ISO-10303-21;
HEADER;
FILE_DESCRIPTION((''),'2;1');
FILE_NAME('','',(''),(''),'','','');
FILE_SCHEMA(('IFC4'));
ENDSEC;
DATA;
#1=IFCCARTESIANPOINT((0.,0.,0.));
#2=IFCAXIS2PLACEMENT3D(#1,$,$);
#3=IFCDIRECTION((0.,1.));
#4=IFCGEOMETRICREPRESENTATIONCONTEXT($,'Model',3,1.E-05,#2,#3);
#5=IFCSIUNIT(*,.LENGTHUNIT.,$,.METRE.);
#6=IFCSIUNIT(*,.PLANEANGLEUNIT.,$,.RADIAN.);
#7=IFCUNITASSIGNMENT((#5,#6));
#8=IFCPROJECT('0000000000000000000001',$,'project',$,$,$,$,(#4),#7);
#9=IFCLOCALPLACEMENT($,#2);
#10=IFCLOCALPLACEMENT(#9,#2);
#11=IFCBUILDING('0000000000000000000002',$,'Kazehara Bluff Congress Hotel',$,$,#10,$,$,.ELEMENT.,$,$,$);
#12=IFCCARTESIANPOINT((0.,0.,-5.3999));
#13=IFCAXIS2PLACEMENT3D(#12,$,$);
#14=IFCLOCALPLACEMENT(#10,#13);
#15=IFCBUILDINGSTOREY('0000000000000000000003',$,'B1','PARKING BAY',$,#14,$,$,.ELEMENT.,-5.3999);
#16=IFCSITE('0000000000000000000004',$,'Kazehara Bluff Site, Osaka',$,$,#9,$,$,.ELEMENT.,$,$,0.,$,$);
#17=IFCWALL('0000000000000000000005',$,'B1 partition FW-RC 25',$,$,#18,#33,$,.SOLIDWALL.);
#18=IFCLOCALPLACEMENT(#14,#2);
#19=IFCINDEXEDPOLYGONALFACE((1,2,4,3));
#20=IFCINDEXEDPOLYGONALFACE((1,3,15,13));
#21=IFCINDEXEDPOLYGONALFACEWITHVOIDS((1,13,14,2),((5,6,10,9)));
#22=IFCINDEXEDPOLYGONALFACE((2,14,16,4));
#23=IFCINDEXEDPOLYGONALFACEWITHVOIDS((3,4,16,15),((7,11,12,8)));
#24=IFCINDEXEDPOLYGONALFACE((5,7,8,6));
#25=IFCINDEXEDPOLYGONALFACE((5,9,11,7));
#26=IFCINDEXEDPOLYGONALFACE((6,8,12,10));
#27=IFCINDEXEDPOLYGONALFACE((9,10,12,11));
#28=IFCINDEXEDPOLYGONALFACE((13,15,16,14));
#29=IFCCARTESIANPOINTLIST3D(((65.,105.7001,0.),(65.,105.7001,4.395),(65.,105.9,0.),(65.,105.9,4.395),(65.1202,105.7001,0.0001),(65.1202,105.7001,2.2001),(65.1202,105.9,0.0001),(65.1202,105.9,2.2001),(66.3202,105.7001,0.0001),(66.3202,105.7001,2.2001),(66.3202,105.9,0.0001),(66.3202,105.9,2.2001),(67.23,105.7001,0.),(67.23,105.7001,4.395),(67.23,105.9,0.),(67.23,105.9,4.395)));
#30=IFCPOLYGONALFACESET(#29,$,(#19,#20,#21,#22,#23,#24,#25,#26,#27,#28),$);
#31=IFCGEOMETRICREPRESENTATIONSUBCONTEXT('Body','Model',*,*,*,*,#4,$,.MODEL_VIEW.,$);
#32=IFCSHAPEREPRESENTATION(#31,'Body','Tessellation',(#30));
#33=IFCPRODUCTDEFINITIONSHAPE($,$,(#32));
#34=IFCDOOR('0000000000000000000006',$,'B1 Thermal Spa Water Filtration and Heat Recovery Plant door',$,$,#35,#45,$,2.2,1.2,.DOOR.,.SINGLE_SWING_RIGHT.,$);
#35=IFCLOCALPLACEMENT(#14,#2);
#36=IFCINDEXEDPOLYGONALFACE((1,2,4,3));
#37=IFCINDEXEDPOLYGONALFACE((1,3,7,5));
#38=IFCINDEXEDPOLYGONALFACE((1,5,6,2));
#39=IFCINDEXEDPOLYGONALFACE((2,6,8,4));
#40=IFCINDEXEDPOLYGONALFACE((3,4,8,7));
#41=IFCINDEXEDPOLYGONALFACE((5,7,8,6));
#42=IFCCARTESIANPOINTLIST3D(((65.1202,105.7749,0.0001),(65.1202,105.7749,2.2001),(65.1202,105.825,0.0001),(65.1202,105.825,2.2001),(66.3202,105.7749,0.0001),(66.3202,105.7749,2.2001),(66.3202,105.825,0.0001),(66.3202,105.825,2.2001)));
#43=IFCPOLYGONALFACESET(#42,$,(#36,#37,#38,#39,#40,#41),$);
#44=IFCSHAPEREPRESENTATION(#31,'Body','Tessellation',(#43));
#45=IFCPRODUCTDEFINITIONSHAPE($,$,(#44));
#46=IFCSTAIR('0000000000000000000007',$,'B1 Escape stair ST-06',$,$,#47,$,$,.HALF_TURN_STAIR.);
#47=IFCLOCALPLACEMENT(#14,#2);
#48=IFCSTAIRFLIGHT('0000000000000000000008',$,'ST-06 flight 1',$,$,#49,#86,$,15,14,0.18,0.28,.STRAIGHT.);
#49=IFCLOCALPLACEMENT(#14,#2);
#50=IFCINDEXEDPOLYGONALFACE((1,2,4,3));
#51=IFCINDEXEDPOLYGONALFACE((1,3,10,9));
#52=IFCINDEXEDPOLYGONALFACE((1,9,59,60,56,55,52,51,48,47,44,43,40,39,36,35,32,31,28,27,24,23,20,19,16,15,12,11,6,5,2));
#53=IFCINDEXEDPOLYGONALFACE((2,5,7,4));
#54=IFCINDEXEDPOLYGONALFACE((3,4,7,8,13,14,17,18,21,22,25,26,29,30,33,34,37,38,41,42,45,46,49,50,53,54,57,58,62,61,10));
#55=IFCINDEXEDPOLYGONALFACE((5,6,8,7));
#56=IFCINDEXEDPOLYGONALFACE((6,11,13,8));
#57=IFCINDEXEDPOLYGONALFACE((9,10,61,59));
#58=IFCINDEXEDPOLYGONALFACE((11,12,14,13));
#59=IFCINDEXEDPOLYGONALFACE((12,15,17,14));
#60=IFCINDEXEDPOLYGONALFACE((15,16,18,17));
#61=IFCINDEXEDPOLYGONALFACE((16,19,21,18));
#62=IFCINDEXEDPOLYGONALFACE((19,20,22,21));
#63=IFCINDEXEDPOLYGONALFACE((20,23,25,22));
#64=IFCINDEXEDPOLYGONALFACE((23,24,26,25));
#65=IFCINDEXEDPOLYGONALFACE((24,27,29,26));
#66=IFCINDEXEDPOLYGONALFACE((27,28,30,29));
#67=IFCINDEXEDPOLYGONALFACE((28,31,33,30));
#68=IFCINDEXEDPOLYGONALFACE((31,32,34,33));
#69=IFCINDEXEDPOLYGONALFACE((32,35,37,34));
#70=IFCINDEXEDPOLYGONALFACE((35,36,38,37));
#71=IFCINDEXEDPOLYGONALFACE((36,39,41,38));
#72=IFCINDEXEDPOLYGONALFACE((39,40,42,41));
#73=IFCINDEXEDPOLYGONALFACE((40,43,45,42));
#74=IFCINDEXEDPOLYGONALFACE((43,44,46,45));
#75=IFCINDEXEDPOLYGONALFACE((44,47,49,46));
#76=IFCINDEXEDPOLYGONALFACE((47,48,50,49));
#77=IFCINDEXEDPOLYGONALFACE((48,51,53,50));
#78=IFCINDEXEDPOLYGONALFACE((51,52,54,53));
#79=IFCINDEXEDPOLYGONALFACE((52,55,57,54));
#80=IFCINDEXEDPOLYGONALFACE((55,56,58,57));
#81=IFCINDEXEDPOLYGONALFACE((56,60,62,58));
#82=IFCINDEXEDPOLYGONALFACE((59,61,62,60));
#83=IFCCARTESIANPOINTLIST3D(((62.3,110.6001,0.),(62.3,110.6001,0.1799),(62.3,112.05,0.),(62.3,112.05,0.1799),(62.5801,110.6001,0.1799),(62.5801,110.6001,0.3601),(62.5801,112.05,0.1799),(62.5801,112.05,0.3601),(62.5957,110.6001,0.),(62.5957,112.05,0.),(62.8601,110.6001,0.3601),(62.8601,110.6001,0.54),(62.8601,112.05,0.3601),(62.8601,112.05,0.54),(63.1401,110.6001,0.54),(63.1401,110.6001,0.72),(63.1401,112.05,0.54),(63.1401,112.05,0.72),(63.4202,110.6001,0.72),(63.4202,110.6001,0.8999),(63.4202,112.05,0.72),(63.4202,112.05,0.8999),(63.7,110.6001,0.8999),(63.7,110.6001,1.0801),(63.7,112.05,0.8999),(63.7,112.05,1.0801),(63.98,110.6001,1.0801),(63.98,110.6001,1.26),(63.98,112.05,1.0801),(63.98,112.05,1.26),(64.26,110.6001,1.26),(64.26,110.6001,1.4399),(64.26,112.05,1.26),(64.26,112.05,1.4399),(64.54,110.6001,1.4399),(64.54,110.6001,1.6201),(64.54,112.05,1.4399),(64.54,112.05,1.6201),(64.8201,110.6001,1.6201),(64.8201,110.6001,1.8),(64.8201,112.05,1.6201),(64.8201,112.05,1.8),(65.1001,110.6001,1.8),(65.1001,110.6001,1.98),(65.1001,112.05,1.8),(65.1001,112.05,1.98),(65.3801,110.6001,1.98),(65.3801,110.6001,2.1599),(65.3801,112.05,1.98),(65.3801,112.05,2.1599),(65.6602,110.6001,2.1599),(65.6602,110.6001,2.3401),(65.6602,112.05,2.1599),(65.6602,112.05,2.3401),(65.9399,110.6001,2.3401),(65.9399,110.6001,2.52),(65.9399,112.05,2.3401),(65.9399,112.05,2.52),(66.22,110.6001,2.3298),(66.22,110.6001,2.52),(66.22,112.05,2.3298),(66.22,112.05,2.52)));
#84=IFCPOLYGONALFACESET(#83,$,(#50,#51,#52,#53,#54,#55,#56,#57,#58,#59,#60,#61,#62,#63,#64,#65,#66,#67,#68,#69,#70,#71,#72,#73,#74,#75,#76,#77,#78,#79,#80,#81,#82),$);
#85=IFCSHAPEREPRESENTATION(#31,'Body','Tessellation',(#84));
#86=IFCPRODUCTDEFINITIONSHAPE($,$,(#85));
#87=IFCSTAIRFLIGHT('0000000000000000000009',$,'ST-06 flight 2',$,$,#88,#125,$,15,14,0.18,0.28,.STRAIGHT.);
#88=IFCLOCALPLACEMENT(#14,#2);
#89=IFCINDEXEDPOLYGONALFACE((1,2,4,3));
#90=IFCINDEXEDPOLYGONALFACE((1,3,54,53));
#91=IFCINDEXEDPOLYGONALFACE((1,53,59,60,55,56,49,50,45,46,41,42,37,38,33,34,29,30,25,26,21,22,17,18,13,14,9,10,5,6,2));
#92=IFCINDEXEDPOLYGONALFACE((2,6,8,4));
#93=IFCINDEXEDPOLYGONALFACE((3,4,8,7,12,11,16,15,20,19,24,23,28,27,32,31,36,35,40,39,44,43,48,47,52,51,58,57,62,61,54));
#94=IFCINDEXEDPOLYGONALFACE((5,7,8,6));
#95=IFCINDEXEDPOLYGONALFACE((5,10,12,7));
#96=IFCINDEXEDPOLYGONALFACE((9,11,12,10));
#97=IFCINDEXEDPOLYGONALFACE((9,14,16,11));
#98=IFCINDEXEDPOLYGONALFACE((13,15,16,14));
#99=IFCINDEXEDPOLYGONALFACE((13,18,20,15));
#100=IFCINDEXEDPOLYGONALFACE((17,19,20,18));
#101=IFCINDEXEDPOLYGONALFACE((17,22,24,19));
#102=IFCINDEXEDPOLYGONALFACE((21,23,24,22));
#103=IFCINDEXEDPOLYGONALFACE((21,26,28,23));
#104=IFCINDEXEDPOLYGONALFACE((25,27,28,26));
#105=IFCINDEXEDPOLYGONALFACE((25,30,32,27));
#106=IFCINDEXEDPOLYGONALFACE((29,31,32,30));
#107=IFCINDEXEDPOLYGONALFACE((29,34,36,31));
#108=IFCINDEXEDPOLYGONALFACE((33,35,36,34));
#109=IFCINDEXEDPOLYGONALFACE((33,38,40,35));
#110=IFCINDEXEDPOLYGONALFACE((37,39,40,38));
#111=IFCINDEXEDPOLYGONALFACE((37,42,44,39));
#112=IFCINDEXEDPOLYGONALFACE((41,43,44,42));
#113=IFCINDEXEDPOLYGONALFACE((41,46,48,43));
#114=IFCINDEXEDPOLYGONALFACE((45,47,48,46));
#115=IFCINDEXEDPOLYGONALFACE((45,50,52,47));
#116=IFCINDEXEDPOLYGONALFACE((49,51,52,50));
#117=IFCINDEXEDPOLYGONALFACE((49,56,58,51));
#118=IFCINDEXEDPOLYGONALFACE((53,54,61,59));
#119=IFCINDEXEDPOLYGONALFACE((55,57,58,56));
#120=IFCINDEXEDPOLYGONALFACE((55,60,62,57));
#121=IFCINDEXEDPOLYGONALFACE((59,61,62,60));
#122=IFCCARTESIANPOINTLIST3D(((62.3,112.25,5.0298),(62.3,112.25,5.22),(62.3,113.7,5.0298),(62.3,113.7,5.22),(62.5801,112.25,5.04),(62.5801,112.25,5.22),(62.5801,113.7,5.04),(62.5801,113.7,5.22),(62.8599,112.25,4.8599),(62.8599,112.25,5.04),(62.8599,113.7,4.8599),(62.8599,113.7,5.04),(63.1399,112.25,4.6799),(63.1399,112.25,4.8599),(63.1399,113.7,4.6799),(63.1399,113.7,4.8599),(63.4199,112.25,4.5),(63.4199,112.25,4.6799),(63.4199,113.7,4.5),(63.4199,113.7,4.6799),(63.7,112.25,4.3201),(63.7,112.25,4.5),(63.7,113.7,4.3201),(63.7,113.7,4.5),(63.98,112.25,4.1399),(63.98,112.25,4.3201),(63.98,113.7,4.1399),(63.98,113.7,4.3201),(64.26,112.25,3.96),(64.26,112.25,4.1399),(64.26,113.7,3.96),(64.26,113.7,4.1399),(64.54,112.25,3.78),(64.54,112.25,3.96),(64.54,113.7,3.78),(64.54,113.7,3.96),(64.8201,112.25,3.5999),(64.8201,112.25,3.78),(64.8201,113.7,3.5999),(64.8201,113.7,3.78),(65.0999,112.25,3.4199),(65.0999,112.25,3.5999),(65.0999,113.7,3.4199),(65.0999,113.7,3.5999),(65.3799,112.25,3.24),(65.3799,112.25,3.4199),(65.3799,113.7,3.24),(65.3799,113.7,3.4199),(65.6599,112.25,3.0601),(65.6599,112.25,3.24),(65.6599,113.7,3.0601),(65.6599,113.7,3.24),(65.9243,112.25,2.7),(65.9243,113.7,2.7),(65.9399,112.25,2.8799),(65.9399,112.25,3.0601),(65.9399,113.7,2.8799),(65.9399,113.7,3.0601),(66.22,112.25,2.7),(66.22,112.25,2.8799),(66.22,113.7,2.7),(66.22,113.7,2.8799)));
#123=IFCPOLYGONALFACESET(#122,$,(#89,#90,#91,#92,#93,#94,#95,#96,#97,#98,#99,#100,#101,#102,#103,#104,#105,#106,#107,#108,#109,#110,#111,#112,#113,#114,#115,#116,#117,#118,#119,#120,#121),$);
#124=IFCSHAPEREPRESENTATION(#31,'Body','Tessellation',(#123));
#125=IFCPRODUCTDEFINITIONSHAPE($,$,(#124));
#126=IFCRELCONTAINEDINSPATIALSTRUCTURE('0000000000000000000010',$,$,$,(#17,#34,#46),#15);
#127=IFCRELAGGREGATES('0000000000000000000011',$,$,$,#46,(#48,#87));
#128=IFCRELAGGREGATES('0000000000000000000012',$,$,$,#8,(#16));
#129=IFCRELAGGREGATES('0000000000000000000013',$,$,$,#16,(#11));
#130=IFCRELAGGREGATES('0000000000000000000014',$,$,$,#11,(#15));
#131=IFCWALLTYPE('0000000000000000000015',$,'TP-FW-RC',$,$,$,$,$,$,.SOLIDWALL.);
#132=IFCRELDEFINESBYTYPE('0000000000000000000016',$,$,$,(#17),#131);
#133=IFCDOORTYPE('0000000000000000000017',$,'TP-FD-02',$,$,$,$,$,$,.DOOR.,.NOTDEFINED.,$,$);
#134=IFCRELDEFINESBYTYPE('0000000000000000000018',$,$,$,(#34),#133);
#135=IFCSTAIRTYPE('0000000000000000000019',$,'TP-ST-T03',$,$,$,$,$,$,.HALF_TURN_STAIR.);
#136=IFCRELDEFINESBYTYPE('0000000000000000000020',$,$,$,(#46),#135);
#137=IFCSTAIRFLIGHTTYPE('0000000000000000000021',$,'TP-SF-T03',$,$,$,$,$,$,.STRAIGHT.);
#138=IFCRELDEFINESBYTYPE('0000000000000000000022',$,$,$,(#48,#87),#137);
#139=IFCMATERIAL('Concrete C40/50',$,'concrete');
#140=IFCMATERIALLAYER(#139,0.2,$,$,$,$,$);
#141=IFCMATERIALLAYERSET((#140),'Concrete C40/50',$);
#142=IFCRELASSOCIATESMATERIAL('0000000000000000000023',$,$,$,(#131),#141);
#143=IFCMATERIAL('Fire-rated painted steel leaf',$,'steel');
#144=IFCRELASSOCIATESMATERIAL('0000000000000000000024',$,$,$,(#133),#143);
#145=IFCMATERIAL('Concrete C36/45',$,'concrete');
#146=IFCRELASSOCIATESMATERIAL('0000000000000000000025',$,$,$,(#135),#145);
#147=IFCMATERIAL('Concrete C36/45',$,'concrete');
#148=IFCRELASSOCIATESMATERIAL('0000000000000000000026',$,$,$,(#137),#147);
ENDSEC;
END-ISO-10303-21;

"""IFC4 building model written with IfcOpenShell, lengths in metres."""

from ifc_helpers import new_model, si_unit, direction, frame, frame_2d, origin, place, context, subcontext, project, spatial, polyline, rectangle, outline, extrude, material, layer, layer_set, type_object, element, fill, aggregate, save


model = new_model("IFC4")

# Units and contexts
model_context = context("Model", 3, precision=1e-05, world=origin(), true_north=direction((0.0, 1.0)))
body_context = subcontext(model_context, "Body", "Model", "MODEL_VIEW")
ifc_project = project(units=[si_unit("LENGTHUNIT", "METRE"), si_unit("PLANEANGLEUNIT", "RADIAN")], contexts=[model_context])

# Site, building, storey
site_placement = place(None, origin())
site = spatial("IfcSite", under=ifc_project, at=site_placement, Name="Kazehara Bluff Site, Osaka", CompositionType="ELEMENT", RefElevation=0.0)
building_placement = place(site_placement, origin())
building = spatial("IfcBuilding", under=site, at=building_placement, Name="Kazehara Bluff Congress Hotel", CompositionType="ELEMENT")
storey_placement = place(building_placement, frame((0.0, 0.0, -5.3999)))
storey = spatial("IfcBuildingStorey", under=building, at=storey_placement, Name="B1", Description="PARKING BAY", CompositionType="ELEMENT", Elevation=-5.3999)

# Wall, opening, door
ifc_material_1 = material(Name="Concrete C40/50", Category="concrete")
ifc_layer_1 = layer(ifc_material_1, 0.2)
ifc_layer_set_1 = layer_set([ifc_layer_1], Name="Concrete C40/50")
wall_type_1 = type_object("IfcWallType", Name="TP-FW-RC", PredefinedType="SOLIDWALL", material=ifc_layer_set_1)
wall_1_placement = place(storey_placement, frame((65.0, 105.8, 0.0), z_axis=(0.0, 0.0, 1.0), x_axis=(1.0, 0.0, 0.0)))
wall_1 = element("IfcWall", 1, at=wall_1_placement, inside=storey, type_object=wall_type_1, Name="B1 partition FW-RC 25", PredefinedType="SOLIDWALL", context=body_context, shape_type="SweptSolid", body=[
    extrude(rectangle(XDim=2.23, YDim=0.2, at=frame_2d((1.115, 0.0))), origin(), (0.0, 0.0, 1.0), 4.395),
])
opening_1_placement = place(wall_1_placement, frame((0.1201, 0.0, 0.0)))
opening_1 = element("IfcOpeningElement", 2, at=opening_1_placement, cuts=wall_1, PredefinedType="OPENING", context=body_context, shape_type="SweptSolid", body=[
    extrude(rectangle(XDim=1.2, YDim=2.2, at=frame_2d((0.6001, 1.1001))), frame((0.0, 0.1099, 0.0), z_axis=(0.0, -1.0, 0.0), x_axis=(1.0, 0.0, 0.0)), (0.0, 0.0, 1.0), 0.22),
])
ifc_material_2 = material(Name="Fire-rated painted steel leaf", Category="steel")
door_type_1 = type_object("IfcDoorType", Name="TP-FD-02", OperationType="NOTDEFINED", PredefinedType="DOOR", material=ifc_material_2)
door_1_placement = place(opening_1_placement, origin())
door_1 = element("IfcDoor", 3, at=door_1_placement, inside=storey, type_object=door_type_1, Name="B1 Thermal Spa Water Filtration and Heat Recovery Plant door", OperationType="SINGLE_SWING_RIGHT", OverallHeight=2.2, OverallWidth=1.2, PredefinedType="DOOR", context=body_context, shape_type="SweptSolid", body=[
    extrude(rectangle(XDim=1.2, YDim=2.2, at=frame_2d((0.6001, 1.1001))), frame((0.0, 0.0249, 0.0), z_axis=(0.0, -1.0, 0.0), x_axis=(1.0, 0.0, 0.0)), (0.0, 0.0, 1.0), 0.05),
])
fill(opening_1, door_1)

# Stair, stair flights
ifc_material_3 = material(Name="Concrete C36/45", Category="concrete")
stair_type = type_object("IfcStairType", Name="TP-ST-T03", PredefinedType="HALF_TURN_STAIR", material=ifc_material_3)
stair_placement = place(storey_placement, origin())
stair = element("IfcStair", 4, at=stair_placement, inside=storey, type_object=stair_type, Name="B1 Escape stair ST-06", PredefinedType="HALF_TURN_STAIR")
ifc_material_4 = material(Name="Concrete C36/45", Category="concrete")
stair_flight_type = type_object("IfcStairFlightType", Name="TP-SF-T03", PredefinedType="STRAIGHT", material=ifc_material_4)
stair_flight_1_placement = place(storey_placement, frame((62.3, 111.325, 0.0), z_axis=(0.0, 0.0, 1.0), x_axis=(1.0, 0.0, 0.0)))
stair_flight_1 = element("IfcStairFlight", 5, at=stair_flight_1_placement, type_object=stair_flight_type, Name="ST-06 flight 1", NumberOfRisers=15, NumberOfTreads=14, PredefinedType="STRAIGHT", RiserHeight=0.18, TreadLength=0.28, context=body_context, shape_type="SweptSolid", body=[
    extrude(outline(polyline([(0.0, 0.0), (0.0, 0.1799), (0.28, 0.1799), (0.28, 0.3601), (0.5601, 0.3601), (0.5601, 0.54), (0.8401, 0.54), (0.8401, 0.72), (1.1201, 0.72), (1.1201, 0.8999), (1.3999, 0.8999), (1.3999, 1.0801), (1.6799, 1.0801), (1.6799, 1.26), (1.96, 1.26), (1.96, 1.4399), (2.24, 1.4399), (2.24, 1.6201), (2.52, 1.6201), (2.52, 1.8), (2.8, 1.8), (2.8, 1.98), (3.0801, 1.98), (3.0801, 2.1599), (3.3601, 2.1599), (3.3601, 2.3401), (3.6399, 2.3401), (3.6399, 2.52), (3.9199, 2.52), (3.9199, 2.7), (3.9199, 2.3298), (0.2957, 0.0), (0.0, 0.0)])), frame((0.0, 0.7251, 0.0), z_axis=(0.0, -1.0, 0.0), x_axis=(1.0, 0.0, 0.0)), (0.0, 0.0, 1.0), 1.45),
])
stair_flight_2_placement = place(storey_placement, frame((66.22, 112.9751, 2.7), z_axis=(0.0, 0.0, 1.0), x_axis=(-1.0, 0.0, 0.0)))
stair_flight_2 = element("IfcStairFlight", 6, at=stair_flight_2_placement, type_object=stair_flight_type, Name="ST-06 flight 2", NumberOfRisers=15, NumberOfTreads=14, PredefinedType="STRAIGHT", RiserHeight=0.18, TreadLength=0.28, context=body_context, shape_type="SweptSolid", body=[
    extrude(outline(polyline([(0.0, 0.0), (0.0, 0.1799), (0.28, 0.1799), (0.28, 0.3601), (0.5601, 0.3601), (0.5601, 0.54), (0.8401, 0.54), (0.8401, 0.72), (1.1201, 0.72), (1.1201, 0.8999), (1.3999, 0.8999), (1.3999, 1.0801), (1.6799, 1.0801), (1.6799, 1.26), (1.96, 1.26), (1.96, 1.4399), (2.24, 1.4399), (2.24, 1.6201), (2.52, 1.6201), (2.52, 1.8), (2.8, 1.8), (2.8, 1.98), (3.0801, 1.98), (3.0801, 2.1599), (3.3601, 2.1599), (3.3601, 2.3401), (3.6399, 2.3401), (3.6399, 2.52), (3.9199, 2.52), (3.9199, 2.7), (3.9199, 2.3298), (0.2957, 0.0), (0.0, 0.0)])), frame((0.0, 0.7251, 0.0), z_axis=(0.0, -1.0, 0.0), x_axis=(1.0, 0.0, 0.0)), (0.0, 0.0, 1.0), 1.45),
])
aggregate(stair, [stair_flight_1, stair_flight_2])

save(model, "model.ifc")
